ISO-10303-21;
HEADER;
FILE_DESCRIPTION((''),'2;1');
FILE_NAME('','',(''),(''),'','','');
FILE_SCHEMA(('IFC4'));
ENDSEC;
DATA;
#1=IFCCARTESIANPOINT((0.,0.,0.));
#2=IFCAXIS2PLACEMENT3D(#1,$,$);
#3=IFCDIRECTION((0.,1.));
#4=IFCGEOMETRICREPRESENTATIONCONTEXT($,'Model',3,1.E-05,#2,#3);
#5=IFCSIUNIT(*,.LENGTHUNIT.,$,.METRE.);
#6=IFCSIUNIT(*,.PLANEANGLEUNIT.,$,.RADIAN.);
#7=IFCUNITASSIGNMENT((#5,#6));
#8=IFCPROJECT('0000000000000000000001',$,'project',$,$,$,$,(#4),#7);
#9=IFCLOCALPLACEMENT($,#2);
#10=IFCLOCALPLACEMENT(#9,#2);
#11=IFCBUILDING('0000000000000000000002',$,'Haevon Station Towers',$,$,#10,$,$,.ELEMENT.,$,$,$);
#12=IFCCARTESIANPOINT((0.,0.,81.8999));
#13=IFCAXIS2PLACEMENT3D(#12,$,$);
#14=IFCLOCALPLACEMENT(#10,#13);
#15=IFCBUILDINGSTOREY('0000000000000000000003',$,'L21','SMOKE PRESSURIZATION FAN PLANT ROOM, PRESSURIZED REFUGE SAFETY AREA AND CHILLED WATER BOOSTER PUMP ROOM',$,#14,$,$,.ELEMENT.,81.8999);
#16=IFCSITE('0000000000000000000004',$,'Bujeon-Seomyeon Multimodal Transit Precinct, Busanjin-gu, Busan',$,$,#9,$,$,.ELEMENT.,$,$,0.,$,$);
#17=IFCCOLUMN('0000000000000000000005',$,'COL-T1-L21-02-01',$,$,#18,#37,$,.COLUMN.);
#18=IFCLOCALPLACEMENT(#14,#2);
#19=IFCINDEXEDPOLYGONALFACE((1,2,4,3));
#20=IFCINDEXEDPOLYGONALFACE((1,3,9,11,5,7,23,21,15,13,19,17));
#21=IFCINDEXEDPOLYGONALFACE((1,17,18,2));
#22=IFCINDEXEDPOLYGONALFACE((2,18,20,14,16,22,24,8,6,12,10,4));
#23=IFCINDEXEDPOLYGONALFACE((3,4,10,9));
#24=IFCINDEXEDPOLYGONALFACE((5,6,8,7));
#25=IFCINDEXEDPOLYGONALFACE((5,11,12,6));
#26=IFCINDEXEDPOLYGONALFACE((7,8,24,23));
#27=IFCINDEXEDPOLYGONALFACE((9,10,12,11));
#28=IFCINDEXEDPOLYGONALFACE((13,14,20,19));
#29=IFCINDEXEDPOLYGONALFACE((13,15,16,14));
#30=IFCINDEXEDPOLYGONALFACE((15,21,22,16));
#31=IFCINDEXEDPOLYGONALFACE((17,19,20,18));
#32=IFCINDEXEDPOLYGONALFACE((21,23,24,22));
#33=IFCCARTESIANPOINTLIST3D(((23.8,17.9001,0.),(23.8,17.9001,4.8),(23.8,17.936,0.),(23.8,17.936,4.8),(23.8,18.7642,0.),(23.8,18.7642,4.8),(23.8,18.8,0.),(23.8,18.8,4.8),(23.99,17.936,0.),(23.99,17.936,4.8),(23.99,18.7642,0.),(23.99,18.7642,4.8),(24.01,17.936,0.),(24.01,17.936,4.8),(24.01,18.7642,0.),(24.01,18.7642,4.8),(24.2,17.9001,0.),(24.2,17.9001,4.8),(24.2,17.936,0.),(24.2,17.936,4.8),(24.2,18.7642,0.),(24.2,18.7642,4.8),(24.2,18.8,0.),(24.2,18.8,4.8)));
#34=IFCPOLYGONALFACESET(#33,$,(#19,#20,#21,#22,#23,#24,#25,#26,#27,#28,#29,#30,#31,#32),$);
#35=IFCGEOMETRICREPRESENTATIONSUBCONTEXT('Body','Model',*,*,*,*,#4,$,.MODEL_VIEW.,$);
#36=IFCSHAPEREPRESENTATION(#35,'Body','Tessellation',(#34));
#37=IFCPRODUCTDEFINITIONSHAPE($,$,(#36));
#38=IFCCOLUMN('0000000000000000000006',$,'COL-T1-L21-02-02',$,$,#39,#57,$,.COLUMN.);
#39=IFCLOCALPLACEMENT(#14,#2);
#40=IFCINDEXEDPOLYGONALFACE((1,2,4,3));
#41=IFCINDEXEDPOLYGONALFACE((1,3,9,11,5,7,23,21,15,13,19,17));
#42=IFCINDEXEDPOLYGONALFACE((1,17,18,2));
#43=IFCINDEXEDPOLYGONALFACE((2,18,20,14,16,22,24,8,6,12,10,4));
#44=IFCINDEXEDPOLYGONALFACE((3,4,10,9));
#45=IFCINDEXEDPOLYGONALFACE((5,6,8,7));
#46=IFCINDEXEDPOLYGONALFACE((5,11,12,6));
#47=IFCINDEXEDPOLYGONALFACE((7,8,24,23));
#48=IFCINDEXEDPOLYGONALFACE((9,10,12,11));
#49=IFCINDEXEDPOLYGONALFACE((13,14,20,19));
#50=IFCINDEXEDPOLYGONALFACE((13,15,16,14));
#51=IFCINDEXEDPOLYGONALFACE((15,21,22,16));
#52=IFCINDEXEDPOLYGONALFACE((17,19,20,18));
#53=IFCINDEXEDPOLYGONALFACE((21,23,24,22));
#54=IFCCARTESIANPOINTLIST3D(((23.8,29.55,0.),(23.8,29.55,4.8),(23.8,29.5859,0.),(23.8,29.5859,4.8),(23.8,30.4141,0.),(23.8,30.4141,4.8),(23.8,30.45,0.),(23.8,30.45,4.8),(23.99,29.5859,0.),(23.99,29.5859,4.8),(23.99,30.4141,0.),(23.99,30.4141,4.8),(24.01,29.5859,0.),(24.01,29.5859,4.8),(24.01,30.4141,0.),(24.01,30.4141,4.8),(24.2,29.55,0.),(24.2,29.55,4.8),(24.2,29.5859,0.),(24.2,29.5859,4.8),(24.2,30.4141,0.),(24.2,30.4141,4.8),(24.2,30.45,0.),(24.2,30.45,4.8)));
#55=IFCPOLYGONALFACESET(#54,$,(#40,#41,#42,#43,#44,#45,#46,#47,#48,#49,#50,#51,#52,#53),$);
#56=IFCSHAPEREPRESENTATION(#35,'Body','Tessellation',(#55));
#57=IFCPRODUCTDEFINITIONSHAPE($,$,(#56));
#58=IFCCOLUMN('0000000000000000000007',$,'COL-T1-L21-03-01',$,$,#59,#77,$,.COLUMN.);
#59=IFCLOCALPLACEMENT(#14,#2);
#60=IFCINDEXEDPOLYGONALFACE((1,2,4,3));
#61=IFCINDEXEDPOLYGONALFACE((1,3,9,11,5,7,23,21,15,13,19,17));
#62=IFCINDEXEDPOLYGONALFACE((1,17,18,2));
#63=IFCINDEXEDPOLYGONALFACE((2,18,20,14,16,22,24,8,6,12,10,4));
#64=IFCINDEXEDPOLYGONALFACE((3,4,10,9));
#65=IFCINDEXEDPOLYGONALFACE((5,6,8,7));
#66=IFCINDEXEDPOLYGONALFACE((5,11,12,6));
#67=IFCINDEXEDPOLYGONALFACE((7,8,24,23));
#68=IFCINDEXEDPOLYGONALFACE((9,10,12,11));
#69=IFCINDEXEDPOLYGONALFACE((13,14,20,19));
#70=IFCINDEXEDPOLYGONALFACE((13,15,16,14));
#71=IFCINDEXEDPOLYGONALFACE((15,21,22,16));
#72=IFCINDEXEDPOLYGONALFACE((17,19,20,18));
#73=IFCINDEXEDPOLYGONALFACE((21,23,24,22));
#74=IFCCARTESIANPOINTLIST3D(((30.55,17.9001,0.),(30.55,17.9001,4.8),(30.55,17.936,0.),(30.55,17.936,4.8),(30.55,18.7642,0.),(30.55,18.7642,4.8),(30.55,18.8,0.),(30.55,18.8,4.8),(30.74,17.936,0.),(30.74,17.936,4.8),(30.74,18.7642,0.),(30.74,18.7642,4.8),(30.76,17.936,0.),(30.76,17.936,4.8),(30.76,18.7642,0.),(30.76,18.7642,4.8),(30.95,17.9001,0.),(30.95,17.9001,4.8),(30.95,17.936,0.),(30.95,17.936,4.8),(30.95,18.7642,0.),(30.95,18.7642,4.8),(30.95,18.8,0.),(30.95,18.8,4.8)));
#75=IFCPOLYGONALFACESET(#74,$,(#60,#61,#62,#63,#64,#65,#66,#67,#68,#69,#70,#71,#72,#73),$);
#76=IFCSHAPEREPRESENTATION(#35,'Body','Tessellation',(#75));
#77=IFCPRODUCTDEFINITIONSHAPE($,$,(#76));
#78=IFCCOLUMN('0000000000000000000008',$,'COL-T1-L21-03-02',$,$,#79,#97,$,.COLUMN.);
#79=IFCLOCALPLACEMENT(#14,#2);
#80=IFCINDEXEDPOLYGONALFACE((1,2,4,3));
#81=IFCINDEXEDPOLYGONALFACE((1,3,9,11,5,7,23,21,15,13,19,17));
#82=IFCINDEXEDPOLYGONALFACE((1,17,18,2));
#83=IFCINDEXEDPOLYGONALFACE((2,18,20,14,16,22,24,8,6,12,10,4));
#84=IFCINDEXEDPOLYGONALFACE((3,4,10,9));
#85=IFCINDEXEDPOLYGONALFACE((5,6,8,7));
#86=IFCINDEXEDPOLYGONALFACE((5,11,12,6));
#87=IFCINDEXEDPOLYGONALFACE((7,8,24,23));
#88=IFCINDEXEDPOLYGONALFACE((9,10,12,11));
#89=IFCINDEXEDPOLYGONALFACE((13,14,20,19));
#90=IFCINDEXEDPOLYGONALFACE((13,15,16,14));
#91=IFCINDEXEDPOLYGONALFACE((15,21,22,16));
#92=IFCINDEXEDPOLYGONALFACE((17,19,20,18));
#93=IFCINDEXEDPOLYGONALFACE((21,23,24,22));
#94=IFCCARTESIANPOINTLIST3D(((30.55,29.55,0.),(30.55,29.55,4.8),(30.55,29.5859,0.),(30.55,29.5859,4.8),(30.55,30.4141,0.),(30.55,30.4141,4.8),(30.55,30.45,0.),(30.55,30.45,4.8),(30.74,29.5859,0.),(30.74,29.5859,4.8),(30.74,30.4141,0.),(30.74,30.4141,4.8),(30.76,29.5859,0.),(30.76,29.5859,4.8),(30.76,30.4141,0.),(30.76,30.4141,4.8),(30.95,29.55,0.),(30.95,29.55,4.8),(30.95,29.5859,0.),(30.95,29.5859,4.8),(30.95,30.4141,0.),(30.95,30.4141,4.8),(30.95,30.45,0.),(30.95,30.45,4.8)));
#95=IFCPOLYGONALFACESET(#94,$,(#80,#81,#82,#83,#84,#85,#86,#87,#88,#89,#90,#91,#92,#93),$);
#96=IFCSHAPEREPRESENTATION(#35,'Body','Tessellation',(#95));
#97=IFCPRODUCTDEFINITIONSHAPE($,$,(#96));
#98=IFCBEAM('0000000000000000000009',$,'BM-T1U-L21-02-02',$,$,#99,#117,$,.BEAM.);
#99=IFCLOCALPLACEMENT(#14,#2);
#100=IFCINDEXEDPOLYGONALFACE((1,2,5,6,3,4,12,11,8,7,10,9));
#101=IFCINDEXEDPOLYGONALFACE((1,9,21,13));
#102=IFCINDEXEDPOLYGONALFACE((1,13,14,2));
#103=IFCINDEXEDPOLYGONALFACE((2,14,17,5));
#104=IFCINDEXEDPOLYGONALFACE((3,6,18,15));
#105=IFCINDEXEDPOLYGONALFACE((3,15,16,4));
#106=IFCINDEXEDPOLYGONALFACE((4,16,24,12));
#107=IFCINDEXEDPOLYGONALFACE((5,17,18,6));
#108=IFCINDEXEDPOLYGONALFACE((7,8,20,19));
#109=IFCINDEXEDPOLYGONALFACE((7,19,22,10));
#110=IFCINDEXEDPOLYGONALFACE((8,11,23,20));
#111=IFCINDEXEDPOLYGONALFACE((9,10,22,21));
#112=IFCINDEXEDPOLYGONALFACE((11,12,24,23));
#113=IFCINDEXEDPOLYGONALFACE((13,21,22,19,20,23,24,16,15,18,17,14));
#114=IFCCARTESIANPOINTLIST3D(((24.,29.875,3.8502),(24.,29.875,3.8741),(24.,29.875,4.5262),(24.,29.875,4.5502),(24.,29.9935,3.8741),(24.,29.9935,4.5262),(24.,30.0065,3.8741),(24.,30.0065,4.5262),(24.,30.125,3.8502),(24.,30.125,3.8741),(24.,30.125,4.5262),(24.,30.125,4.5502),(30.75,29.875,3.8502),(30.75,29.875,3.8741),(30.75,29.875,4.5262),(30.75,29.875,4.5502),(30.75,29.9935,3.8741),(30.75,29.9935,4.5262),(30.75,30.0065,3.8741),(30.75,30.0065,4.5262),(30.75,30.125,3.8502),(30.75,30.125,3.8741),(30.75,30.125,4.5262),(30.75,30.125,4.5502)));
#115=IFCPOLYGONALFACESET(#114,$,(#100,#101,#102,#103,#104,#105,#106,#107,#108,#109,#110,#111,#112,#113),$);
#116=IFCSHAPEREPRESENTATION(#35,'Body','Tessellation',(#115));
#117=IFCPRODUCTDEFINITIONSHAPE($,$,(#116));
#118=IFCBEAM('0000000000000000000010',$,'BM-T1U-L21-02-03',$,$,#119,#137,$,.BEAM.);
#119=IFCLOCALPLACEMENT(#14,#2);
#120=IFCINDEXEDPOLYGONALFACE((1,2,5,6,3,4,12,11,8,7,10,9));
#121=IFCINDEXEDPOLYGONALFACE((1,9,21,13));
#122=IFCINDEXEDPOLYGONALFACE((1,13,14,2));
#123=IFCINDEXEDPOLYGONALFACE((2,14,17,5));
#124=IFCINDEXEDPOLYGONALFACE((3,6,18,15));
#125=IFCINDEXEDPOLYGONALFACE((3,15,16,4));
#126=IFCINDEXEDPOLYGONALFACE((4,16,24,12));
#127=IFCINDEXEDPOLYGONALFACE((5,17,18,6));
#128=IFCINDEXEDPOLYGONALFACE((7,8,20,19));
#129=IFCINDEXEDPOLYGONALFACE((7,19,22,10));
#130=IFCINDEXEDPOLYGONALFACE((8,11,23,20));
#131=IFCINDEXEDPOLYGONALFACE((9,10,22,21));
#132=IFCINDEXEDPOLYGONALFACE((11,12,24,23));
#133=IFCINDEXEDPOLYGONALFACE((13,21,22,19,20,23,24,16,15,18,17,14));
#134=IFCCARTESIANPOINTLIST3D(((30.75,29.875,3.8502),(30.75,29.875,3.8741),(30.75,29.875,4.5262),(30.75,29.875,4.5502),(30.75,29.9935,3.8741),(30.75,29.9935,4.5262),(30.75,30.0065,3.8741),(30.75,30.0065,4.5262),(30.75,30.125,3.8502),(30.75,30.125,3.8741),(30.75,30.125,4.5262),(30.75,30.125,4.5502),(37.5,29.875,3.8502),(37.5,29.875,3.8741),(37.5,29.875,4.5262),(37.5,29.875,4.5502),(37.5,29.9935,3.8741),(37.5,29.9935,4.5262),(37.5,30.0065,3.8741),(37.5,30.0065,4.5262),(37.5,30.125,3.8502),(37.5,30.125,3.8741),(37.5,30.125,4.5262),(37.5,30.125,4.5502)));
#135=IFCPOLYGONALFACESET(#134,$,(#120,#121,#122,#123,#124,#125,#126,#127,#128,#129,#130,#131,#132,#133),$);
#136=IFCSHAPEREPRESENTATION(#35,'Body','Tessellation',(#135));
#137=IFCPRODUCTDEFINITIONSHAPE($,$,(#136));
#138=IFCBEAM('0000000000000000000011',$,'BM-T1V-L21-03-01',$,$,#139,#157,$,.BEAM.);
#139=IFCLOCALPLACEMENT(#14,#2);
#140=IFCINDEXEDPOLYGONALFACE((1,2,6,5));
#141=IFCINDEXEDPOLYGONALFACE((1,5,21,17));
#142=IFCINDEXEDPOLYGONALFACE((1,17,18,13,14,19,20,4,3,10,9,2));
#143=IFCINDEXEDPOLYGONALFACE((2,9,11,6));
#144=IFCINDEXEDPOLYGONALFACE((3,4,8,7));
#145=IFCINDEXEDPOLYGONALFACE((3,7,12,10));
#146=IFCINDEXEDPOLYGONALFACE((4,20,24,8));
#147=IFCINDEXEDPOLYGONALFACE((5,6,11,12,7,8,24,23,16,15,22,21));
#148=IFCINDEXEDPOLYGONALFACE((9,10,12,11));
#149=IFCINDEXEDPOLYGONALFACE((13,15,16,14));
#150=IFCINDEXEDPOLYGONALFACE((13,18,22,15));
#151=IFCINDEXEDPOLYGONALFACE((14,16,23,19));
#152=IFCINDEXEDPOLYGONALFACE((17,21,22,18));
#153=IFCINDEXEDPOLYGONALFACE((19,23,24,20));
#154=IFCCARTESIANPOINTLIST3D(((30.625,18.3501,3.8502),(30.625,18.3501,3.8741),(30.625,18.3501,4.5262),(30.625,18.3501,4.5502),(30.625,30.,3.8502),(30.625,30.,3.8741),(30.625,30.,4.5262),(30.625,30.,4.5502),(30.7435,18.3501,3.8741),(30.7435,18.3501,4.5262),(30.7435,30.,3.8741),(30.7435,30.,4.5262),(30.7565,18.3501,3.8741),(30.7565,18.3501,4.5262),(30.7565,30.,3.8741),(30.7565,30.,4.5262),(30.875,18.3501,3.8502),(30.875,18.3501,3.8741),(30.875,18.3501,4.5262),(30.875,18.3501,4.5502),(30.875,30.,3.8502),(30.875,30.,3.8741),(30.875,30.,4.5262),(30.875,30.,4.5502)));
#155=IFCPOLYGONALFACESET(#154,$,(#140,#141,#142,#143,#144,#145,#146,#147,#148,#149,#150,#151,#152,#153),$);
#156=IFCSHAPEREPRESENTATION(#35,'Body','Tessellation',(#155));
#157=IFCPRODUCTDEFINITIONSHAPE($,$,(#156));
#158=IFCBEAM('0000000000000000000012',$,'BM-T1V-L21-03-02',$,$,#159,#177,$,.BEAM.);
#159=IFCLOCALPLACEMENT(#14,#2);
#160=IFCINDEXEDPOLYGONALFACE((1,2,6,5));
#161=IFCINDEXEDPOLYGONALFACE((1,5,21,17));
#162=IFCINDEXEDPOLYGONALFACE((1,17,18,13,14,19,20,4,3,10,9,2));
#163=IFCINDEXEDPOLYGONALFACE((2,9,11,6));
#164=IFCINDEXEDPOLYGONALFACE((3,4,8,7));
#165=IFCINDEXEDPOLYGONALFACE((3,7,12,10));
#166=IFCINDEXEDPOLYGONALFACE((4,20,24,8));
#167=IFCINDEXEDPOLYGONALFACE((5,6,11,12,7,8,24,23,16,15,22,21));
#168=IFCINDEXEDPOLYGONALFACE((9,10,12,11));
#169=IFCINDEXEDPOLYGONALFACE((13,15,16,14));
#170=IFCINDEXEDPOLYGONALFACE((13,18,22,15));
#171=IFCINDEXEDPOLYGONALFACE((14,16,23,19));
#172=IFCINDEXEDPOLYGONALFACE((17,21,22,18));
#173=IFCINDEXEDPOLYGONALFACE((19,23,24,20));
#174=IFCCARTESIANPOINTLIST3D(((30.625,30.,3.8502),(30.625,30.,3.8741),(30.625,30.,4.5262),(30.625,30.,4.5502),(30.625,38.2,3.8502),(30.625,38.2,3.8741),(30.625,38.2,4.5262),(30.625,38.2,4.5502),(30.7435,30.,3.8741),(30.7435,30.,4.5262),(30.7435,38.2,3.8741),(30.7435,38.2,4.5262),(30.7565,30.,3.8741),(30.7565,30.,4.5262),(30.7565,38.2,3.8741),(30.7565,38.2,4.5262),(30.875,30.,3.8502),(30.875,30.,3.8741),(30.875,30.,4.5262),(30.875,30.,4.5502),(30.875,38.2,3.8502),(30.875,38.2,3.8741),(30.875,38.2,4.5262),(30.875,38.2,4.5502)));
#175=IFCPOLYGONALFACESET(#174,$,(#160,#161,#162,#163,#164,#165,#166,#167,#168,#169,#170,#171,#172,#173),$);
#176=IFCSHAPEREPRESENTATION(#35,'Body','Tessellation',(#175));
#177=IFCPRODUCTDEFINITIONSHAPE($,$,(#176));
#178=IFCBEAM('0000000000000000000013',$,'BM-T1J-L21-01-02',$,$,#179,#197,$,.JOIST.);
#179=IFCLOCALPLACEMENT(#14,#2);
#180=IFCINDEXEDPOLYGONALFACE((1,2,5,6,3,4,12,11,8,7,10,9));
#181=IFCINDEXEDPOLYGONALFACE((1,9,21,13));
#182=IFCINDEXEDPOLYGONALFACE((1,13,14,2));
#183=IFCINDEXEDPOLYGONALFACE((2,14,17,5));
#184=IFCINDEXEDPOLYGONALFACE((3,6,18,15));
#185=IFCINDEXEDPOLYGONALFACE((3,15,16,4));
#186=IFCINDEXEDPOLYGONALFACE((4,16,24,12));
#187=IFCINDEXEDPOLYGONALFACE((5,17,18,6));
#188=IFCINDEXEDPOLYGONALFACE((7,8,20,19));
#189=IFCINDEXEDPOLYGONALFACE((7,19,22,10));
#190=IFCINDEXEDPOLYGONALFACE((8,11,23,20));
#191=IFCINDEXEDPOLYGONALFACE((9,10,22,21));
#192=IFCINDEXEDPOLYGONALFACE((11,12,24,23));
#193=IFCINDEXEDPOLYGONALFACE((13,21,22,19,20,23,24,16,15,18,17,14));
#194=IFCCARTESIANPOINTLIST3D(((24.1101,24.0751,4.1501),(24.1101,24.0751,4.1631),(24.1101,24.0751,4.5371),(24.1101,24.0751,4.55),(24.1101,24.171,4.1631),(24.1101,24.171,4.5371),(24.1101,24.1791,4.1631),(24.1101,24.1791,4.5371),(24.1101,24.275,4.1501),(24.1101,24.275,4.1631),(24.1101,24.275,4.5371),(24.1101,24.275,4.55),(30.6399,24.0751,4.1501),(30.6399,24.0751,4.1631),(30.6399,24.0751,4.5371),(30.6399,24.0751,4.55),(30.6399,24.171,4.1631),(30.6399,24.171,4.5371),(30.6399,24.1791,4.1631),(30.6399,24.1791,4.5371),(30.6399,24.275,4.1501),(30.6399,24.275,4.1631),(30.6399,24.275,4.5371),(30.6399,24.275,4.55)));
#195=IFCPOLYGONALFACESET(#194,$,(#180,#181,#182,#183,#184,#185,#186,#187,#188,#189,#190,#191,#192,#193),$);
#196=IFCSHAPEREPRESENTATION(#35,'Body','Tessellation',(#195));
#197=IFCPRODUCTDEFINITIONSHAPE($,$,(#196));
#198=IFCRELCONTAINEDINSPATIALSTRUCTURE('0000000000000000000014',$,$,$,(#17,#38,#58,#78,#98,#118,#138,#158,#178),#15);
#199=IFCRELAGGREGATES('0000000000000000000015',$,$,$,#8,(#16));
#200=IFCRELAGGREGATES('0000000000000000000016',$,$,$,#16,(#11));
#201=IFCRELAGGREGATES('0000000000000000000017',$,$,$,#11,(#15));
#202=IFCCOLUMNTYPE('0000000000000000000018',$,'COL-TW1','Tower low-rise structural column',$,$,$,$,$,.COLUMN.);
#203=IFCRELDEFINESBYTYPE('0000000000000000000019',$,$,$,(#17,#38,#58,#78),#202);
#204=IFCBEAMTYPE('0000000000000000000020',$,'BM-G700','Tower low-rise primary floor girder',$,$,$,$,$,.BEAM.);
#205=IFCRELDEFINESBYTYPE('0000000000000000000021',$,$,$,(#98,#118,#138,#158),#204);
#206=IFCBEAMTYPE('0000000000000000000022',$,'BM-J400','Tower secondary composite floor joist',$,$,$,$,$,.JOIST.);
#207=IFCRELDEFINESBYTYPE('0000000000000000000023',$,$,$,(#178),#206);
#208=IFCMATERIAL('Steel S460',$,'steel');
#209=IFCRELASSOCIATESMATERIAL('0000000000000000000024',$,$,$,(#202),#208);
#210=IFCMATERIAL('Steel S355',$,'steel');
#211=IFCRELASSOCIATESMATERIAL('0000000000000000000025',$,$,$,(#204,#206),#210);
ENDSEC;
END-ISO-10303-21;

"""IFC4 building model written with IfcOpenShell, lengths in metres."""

from ifc_helpers import new_model, si_unit, direction, frame, origin, origin_2d, place, context, subcontext, project, spatial, i_section, extrude, material, material_profile, profile_set, type_object, element, save


model = new_model("IFC4")

# Units and contexts
model_context = context("Model", 3, precision=1e-05, world=origin(), true_north=direction((0.0, 1.0)))
body_context = subcontext(model_context, "Body", "Model", "MODEL_VIEW")
ifc_project = project(units=[si_unit("LENGTHUNIT", "METRE"), si_unit("PLANEANGLEUNIT", "RADIAN")], contexts=[model_context])

# Site, building, storey
site_placement = place(None, origin())
site = spatial("IfcSite", under=ifc_project, at=site_placement, Name="Bujeon-Seomyeon Multimodal Transit Precinct, Busanjin-gu, Busan", CompositionType="ELEMENT", RefElevation=0.0)
building_placement = place(site_placement, origin())
building = spatial("IfcBuilding", under=site, at=building_placement, Name="Haevon Station Towers", CompositionType="ELEMENT")
storey_placement = place(building_placement, frame((0.0, 0.0, 81.8999)))
storey = spatial("IfcBuildingStorey", under=building, at=storey_placement, Name="L21", Description="SMOKE PRESSURIZATION FAN PLANT ROOM, PRESSURIZED REFUGE SAFETY AREA AND CHILLED WATER BOOSTER PUMP ROOM", CompositionType="ELEMENT", Elevation=81.8999)

# Columns
ifc_material_1 = material(Name="Steel S460", Category="steel")
ifc_material_profile_1 = material_profile(ifc_material_1, i_section(OverallWidth=0.3999, OverallDepth=0.8999, WebThickness=0.02, FlangeThickness=0.0359, at=origin_2d()), Name="H-900x400x20x36")
ifc_profile_set_1 = profile_set([ifc_material_profile_1], Name="Steel S460")
column_type = type_object("IfcColumnType", Name="COL-TW1", Description="Tower low-rise structural column", PredefinedType="COLUMN", material=ifc_profile_set_1)
for number, where, z_axis, x_axis, name in (
    (1, (24.0, 18.3501, 0.0), (0.0, 0.0, 1.0), (1.0, 0.0, 0.0), "COL-T1-L21-02-01"),
    (2, (24.0, 30.0, 0.0), (0.0, 0.0, 1.0), (1.0, 0.0, 0.0), "COL-T1-L21-02-02"),
    (3, (30.75, 18.3501, 0.0), (0.0, 0.0, 1.0), (1.0, 0.0, 0.0), "COL-T1-L21-03-01"),
    (4, (30.75, 30.0, 0.0), (0.0, 0.0, 1.0), (1.0, 0.0, 0.0), "COL-T1-L21-03-02"),
):
    element("IfcColumn", number, at=place(storey_placement, frame(where, z_axis=z_axis, x_axis=x_axis)), inside=storey, type_object=column_type, Name=name, PredefinedType="COLUMN", context=body_context, shape_type="SweptSolid", body=[
        extrude(i_section(OverallWidth=0.3999, OverallDepth=0.8999, WebThickness=0.02, FlangeThickness=0.0359, at=origin_2d()), origin(), (0.0, 0.0, 1.0), 4.8),
    ])

# Beams
ifc_material_2 = material(Name="Steel S355", Category="steel")
ifc_material_profile_2 = material_profile(ifc_material_2, i_section(OverallWidth=0.25, OverallDepth=0.7, WebThickness=0.0129, FlangeThickness=0.0239, at=origin_2d()), Name="H-700x250x13x24")
ifc_profile_set_2 = profile_set([ifc_material_profile_2], Name="Steel S355")
beam_type_1 = type_object("IfcBeamType", Name="BM-G700", Description="Tower low-rise primary floor girder", PredefinedType="BEAM", material=ifc_profile_set_2)
for number, where, z_axis, x_axis, name in (
    (5, (24.0, 30.0, 4.2002), (1.0, 0.0, 0.0), (0.0, 1.0, 0.0), "BM-T1U-L21-02-02"),
    (6, (30.75, 30.0, 4.2002), (1.0, 0.0, 0.0), (0.0, 1.0, 0.0), "BM-T1U-L21-02-03"),
):
    element("IfcBeam", number, at=place(storey_placement, frame(where, z_axis=z_axis, x_axis=x_axis)), inside=storey, type_object=beam_type_1, Name=name, PredefinedType="BEAM", context=body_context, shape_type="SweptSolid", body=[
        extrude(i_section(OverallWidth=0.25, OverallDepth=0.7, WebThickness=0.0129, FlangeThickness=0.0239, at=origin_2d()), origin(), (0.0, 0.0, 1.0), 6.75),
    ])
beam_1_placement = place(storey_placement, frame((30.75, 18.3501, 4.2002), z_axis=(0.0, 1.0, 0.0), x_axis=(-1.0, 0.0, 0.0)))
element("IfcBeam", 7, at=beam_1_placement, inside=storey, type_object=beam_type_1, Name="BM-T1V-L21-03-01", PredefinedType="BEAM", context=body_context, shape_type="SweptSolid", body=[
    extrude(i_section(OverallWidth=0.25, OverallDepth=0.7, WebThickness=0.0129, FlangeThickness=0.0239, at=origin_2d()), origin(), (0.0, 0.0, 1.0), 11.6499),
])
beam_2_placement = place(storey_placement, frame((30.75, 30.0, 4.2002), z_axis=(0.0, 1.0, 0.0), x_axis=(-1.0, 0.0, 0.0)))
element("IfcBeam", 8, at=beam_2_placement, inside=storey, type_object=beam_type_1, Name="BM-T1V-L21-03-02", PredefinedType="BEAM", context=body_context, shape_type="SweptSolid", body=[
    extrude(i_section(OverallWidth=0.25, OverallDepth=0.7, WebThickness=0.0129, FlangeThickness=0.0239, at=origin_2d()), origin(), (0.0, 0.0, 1.0), 8.2),
])
ifc_material_profile_3 = material_profile(ifc_material_2, i_section(OverallWidth=0.2, OverallDepth=0.3999, WebThickness=0.0081, FlangeThickness=0.0129, at=origin_2d()), Name="H-400x200x8x13")
ifc_profile_set_3 = profile_set([ifc_material_profile_3], Name="Steel S355")
beam_type_2 = type_object("IfcBeamType", Name="BM-J400", Description="Tower secondary composite floor joist", PredefinedType="JOIST", material=ifc_profile_set_3)
beam_3_placement = place(storey_placement, frame((24.1101, 24.175, 4.3501), z_axis=(1.0, 0.0, 0.0), x_axis=(0.0, 1.0, 0.0)))
element("IfcBeam", 9, at=beam_3_placement, inside=storey, type_object=beam_type_2, Name="BM-T1J-L21-01-02", PredefinedType="JOIST", context=body_context, shape_type="SweptSolid", body=[
    extrude(i_section(OverallWidth=0.2, OverallDepth=0.3999, WebThickness=0.0081, FlangeThickness=0.0129, at=origin_2d()), origin(), (0.0, 0.0, 1.0), 6.5298),
])

save(model, "model.ifc")
